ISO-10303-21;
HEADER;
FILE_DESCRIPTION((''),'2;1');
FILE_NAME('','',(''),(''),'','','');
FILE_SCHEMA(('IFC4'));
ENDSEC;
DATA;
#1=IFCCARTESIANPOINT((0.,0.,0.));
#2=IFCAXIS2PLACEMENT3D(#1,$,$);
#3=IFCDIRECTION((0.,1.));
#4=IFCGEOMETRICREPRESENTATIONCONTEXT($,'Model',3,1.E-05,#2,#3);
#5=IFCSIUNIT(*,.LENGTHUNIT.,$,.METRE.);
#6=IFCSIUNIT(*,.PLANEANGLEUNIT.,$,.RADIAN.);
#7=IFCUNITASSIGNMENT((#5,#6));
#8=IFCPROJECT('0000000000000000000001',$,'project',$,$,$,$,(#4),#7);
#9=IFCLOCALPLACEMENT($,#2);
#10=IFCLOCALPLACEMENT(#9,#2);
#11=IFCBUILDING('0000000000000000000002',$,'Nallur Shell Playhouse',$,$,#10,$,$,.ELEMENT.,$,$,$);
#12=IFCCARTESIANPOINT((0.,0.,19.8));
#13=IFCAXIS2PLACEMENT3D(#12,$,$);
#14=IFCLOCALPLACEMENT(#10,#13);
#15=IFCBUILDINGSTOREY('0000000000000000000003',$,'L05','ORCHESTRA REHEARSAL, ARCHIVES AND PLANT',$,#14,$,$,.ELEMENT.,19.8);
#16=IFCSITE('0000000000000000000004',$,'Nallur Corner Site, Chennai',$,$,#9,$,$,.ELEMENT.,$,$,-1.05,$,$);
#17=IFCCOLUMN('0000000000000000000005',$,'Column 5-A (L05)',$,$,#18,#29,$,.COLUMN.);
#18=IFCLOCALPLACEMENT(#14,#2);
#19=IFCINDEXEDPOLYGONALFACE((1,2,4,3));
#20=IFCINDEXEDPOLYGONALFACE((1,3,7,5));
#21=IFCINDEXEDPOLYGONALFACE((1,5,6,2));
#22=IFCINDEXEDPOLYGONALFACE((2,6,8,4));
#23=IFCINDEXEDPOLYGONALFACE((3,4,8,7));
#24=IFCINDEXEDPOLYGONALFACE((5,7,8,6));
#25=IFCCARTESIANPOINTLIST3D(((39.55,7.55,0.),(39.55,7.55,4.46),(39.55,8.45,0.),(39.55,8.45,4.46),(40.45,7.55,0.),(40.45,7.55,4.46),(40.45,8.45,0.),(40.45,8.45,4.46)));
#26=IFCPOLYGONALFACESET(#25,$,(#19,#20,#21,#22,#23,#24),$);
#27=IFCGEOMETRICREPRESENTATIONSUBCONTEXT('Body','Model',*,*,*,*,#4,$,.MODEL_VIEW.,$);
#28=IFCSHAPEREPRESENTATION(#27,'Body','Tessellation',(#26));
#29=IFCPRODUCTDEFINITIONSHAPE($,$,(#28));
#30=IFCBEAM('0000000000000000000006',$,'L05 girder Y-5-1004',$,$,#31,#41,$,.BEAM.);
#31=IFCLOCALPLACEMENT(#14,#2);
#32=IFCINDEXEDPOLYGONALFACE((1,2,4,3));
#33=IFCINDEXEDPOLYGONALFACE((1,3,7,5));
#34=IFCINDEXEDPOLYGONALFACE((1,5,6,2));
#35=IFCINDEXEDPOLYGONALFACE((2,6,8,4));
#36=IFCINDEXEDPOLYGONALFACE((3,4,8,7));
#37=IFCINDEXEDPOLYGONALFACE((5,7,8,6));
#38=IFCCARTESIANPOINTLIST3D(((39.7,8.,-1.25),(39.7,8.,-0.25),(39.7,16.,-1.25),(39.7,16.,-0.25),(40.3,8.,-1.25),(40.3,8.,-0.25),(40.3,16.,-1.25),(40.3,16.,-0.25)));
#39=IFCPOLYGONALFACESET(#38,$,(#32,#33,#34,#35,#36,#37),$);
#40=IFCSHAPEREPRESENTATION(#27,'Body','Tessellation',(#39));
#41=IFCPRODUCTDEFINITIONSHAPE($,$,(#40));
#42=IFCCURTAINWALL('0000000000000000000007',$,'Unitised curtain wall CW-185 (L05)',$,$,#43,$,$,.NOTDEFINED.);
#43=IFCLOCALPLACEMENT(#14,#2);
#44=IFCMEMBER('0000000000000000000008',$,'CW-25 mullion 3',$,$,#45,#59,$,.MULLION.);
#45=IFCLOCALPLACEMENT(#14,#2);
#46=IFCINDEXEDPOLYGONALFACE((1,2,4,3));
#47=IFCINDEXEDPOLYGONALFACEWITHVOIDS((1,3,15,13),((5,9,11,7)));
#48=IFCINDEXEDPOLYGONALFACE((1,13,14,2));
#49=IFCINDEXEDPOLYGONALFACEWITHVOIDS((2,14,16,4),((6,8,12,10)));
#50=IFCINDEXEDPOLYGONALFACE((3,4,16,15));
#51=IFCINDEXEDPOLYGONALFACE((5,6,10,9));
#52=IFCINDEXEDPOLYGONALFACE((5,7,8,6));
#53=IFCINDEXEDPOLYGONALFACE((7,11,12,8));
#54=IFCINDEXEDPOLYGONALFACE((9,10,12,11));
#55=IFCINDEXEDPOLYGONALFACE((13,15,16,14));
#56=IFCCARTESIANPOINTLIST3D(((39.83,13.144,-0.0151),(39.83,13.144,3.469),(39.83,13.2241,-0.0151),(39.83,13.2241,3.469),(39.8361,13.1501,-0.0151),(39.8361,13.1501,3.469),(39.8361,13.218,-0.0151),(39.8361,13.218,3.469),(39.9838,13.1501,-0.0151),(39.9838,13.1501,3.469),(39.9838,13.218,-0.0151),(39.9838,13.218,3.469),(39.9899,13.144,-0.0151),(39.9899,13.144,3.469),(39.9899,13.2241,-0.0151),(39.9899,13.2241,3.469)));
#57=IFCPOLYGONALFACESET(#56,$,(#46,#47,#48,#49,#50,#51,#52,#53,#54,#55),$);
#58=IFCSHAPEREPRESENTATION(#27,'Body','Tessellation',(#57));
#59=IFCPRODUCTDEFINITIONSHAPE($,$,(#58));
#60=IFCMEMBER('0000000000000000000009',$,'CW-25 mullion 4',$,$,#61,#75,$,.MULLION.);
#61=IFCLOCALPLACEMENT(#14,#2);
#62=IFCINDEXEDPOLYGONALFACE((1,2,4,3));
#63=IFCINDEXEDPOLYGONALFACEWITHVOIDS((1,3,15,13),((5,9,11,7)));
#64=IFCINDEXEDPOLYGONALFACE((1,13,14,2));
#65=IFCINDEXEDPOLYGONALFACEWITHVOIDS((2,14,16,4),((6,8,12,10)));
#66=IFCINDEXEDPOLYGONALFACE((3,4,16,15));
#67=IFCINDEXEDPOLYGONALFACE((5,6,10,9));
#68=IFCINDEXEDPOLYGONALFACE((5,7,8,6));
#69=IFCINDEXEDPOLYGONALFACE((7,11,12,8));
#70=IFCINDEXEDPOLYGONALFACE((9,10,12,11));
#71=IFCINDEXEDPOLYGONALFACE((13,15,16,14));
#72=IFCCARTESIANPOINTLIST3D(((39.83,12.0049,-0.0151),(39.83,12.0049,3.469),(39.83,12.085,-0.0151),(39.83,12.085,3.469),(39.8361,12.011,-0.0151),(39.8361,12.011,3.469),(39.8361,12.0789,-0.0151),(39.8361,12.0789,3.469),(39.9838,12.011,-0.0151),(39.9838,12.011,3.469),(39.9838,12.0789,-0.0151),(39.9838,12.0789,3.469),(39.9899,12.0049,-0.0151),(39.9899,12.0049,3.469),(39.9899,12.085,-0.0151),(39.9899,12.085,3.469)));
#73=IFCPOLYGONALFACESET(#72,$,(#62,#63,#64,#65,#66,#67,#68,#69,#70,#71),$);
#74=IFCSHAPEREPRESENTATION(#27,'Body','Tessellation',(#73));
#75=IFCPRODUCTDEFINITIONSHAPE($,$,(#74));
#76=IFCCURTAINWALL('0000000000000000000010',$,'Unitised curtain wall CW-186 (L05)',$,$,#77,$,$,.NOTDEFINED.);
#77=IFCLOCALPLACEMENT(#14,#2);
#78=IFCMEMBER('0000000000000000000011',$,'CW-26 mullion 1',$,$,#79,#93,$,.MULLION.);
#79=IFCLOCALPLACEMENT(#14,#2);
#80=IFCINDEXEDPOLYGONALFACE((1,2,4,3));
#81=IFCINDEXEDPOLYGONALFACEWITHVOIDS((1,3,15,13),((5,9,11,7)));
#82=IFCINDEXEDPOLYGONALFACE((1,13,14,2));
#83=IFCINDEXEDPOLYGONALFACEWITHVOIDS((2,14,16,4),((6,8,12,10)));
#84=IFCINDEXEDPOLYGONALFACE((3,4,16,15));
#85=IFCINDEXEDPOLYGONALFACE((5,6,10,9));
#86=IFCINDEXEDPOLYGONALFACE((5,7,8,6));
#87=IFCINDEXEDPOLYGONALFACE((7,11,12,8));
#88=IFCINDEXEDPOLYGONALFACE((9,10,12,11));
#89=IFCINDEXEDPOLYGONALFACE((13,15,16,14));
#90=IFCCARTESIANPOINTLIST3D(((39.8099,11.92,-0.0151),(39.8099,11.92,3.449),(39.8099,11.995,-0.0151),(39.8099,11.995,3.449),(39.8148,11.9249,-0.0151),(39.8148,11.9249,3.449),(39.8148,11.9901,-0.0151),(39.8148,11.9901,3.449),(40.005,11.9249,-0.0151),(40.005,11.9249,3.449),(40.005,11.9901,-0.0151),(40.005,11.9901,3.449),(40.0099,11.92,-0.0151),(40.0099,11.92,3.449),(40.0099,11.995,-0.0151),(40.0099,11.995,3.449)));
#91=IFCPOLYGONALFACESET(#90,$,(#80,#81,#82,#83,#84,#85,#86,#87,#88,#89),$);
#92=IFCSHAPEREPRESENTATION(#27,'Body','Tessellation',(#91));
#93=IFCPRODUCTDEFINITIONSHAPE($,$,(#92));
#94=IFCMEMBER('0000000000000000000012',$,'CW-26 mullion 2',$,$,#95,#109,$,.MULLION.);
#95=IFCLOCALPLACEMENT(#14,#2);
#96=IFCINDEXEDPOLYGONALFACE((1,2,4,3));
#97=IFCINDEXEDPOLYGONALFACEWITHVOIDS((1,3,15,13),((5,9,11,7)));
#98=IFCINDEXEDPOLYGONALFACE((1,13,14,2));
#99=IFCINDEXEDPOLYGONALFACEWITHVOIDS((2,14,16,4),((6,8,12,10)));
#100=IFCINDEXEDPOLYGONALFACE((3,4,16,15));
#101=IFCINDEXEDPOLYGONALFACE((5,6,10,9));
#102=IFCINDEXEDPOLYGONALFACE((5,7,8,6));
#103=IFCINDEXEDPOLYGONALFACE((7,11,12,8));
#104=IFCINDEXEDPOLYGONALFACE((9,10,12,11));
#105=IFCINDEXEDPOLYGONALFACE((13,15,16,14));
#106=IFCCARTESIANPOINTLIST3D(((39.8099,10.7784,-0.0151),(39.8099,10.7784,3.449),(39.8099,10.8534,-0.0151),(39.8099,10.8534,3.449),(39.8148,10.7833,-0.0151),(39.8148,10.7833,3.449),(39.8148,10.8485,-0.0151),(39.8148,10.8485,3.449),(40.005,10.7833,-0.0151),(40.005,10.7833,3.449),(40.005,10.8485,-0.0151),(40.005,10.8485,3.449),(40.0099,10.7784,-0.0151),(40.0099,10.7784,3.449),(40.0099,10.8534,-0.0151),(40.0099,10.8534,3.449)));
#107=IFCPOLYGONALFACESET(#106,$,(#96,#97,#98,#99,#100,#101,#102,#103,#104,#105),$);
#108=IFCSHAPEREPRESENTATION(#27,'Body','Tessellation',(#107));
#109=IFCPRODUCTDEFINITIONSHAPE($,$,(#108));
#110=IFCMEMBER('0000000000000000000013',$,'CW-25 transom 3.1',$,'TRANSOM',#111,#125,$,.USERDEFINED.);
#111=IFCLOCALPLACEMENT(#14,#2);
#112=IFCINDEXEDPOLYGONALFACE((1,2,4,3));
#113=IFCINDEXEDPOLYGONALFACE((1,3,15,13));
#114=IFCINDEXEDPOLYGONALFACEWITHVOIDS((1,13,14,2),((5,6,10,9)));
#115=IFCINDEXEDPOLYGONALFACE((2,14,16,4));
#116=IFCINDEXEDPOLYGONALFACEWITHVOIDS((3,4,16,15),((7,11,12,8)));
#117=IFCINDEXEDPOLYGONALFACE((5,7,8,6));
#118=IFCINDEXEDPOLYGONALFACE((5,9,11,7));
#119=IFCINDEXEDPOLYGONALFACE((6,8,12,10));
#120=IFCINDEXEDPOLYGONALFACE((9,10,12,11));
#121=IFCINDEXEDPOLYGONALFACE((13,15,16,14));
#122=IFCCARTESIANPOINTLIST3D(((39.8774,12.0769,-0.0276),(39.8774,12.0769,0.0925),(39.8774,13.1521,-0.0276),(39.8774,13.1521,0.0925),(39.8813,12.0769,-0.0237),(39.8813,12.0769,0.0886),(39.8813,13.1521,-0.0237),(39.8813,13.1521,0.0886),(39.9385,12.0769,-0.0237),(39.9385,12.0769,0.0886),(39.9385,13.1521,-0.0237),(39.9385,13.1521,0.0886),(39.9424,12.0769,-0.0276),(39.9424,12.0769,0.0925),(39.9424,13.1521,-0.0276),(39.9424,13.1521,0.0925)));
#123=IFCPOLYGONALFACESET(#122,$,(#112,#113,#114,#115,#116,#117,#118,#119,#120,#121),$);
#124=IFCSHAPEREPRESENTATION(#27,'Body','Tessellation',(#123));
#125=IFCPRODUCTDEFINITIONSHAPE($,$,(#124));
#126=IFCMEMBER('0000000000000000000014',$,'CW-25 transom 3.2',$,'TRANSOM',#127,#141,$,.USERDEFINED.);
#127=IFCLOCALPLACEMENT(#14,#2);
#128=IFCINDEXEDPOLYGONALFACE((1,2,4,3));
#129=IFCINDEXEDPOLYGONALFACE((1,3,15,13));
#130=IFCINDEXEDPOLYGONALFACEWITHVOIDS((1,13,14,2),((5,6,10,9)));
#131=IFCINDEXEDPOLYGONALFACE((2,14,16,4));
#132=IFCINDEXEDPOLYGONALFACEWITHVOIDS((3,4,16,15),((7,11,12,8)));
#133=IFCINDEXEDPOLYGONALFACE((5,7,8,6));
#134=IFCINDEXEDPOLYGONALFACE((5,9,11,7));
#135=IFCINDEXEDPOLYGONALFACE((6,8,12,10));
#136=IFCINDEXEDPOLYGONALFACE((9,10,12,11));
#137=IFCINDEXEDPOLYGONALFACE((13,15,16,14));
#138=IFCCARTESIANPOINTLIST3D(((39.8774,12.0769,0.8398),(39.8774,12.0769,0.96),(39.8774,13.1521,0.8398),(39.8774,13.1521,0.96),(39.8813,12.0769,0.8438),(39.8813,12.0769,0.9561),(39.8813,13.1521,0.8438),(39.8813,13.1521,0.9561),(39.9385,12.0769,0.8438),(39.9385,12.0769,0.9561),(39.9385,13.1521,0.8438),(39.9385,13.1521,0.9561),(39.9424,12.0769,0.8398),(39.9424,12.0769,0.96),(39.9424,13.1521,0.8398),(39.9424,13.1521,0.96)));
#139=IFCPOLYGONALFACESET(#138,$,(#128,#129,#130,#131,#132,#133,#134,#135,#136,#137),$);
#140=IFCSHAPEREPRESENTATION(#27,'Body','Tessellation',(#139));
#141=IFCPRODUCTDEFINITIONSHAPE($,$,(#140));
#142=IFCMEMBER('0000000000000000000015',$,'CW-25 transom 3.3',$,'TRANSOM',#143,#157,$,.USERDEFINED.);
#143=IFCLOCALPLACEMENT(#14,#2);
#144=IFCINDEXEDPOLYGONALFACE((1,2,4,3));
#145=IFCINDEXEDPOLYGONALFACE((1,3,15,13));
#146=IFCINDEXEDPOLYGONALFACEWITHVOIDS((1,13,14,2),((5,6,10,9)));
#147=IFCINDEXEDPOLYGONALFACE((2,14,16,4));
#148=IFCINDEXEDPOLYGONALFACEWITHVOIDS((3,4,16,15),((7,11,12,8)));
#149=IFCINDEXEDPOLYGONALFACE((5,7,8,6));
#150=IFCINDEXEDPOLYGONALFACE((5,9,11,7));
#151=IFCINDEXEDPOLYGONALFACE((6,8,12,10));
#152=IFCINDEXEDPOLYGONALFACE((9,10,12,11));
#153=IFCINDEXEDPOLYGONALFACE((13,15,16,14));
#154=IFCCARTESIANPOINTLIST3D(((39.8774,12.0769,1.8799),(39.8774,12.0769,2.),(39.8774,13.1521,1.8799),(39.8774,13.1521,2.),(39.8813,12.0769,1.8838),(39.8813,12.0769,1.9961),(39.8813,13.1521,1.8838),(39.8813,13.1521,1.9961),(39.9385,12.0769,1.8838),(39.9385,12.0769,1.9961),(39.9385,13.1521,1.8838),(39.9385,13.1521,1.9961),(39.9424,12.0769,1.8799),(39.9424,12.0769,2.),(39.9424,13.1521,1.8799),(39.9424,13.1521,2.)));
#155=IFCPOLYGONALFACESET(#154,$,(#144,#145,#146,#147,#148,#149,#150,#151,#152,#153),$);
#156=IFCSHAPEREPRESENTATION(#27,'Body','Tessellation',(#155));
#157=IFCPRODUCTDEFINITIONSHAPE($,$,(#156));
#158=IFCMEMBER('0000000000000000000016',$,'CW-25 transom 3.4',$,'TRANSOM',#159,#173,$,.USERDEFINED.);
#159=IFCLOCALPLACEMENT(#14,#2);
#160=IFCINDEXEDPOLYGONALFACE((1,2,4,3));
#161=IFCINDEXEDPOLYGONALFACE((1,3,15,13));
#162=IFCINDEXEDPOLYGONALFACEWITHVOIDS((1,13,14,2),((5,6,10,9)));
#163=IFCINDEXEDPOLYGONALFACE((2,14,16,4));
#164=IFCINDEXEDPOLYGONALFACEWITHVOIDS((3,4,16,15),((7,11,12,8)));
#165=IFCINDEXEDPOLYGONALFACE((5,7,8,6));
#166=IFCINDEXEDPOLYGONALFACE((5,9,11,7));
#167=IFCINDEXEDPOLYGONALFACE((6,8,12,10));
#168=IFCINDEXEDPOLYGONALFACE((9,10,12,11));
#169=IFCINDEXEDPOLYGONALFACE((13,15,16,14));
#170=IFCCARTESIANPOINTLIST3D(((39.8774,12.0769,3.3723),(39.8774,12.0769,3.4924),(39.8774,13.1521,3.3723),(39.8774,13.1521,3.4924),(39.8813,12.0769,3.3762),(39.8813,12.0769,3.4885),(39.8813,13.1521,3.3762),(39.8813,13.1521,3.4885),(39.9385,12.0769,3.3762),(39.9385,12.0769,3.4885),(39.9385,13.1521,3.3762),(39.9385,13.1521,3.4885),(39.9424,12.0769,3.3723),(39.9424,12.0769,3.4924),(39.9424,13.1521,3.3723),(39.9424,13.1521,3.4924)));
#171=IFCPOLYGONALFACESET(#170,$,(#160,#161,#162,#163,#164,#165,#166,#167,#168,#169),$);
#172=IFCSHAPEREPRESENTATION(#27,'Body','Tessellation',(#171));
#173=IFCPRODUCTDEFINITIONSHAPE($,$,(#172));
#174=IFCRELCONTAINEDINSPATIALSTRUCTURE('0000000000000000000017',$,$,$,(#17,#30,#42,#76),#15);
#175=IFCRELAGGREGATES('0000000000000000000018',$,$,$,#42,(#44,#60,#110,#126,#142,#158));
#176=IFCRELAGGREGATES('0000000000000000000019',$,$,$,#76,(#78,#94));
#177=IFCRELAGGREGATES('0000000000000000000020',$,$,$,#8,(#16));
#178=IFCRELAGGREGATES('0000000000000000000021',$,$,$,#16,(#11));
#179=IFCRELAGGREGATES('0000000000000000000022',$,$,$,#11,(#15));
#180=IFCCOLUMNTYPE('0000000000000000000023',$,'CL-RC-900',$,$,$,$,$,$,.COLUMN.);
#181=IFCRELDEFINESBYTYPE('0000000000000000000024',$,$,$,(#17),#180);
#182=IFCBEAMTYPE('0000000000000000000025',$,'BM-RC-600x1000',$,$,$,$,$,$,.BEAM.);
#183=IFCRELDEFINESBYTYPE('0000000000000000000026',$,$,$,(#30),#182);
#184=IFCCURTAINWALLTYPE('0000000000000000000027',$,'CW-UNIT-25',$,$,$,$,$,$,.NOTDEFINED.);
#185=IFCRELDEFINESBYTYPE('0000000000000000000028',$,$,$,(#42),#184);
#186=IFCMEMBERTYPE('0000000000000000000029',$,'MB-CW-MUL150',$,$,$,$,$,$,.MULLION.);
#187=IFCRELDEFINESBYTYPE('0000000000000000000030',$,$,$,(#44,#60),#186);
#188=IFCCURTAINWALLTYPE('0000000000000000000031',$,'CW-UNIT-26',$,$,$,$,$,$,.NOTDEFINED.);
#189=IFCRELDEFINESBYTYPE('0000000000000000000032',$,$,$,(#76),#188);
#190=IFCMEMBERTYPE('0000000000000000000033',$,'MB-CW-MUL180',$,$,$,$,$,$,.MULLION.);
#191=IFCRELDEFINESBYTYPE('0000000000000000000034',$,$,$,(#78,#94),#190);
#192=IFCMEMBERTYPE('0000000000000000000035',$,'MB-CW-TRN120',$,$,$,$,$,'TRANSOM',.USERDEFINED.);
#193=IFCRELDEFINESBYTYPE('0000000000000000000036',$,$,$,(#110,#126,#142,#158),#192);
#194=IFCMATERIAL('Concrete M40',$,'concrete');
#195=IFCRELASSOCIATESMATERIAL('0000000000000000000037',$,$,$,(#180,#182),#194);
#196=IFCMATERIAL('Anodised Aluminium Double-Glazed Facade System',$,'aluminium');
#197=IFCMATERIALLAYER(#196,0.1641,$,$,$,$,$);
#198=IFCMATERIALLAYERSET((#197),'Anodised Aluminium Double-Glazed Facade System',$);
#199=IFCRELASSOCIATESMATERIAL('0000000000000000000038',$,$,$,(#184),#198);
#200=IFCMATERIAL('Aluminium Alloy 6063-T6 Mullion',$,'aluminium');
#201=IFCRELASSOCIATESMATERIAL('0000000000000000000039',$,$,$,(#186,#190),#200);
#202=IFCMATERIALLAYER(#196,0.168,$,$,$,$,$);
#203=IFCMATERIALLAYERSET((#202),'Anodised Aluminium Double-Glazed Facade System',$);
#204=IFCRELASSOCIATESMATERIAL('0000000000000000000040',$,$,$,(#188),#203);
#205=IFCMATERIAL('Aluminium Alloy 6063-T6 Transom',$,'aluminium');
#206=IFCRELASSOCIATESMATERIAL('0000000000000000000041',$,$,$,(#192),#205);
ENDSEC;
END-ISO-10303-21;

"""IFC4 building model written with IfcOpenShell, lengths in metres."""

from ifc_helpers import new_model, si_unit, direction, frame, origin, origin_2d, place, context, subcontext, project, spatial, rectangle, hollow_rectangle, extrude, material, layer, layer_set, material_profile, profile_set, type_object, element, aggregate, save


model = new_model("IFC4")

# Units and contexts
model_context = context("Model", 3, precision=1e-05, world=origin(), true_north=direction((0.0, 1.0)))
body_context = subcontext(model_context, "Body", "Model", "MODEL_VIEW")
ifc_project = project(units=[si_unit("LENGTHUNIT", "METRE"), si_unit("PLANEANGLEUNIT", "RADIAN")], contexts=[model_context])

# Site, building, storey
site_placement = place(None, origin())
site = spatial("IfcSite", under=ifc_project, at=site_placement, Name="Nallur Corner Site, Chennai", CompositionType="ELEMENT", RefElevation=-1.05)
building_placement = place(site_placement, origin())
building = spatial("IfcBuilding", under=site, at=building_placement, Name="Nallur Shell Playhouse", CompositionType="ELEMENT")
storey_placement = place(building_placement, frame((0.0, 0.0, 19.8)))
storey = spatial("IfcBuildingStorey", under=building, at=storey_placement, Name="L05", Description="ORCHESTRA REHEARSAL, ARCHIVES AND PLANT", CompositionType="ELEMENT", Elevation=19.8)

# Column
ifc_material_1 = material(Name="Concrete M40", Category="concrete")
ifc_material_profile_1 = material_profile(ifc_material_1, rectangle(XDim=0.8999, YDim=0.8999, at=origin_2d()), Name="RC 900x900")
ifc_profile_set_1 = profile_set([ifc_material_profile_1], Name="Concrete M40")
column_type = type_object("IfcColumnType", Name="CL-RC-900", PredefinedType="COLUMN", material=ifc_profile_set_1)
column_placement = place(storey_placement, frame((40.0, 8.0, 0.0), z_axis=(0.0, 0.0, 1.0), x_axis=(1.0, 0.0, 0.0)))
element("IfcColumn", 1, at=column_placement, inside=storey, type_object=column_type, Name="Column 5-A (L05)", PredefinedType="COLUMN", context=body_context, shape_type="SweptSolid", body=[
    extrude(rectangle(XDim=0.8999, YDim=0.8999, at=origin_2d()), origin(), (0.0, 0.0, 1.0), 4.46),
])

# Beam
ifc_material_profile_2 = material_profile(ifc_material_1, rectangle(XDim=0.6001, YDim=1.0, at=origin_2d()), Name="RC 600x1000")
ifc_profile_set_2 = profile_set([ifc_material_profile_2], Name="Concrete M40")
beam_type = type_object("IfcBeamType", Name="BM-RC-600x1000", PredefinedType="BEAM", material=ifc_profile_set_2)
beam_placement = place(storey_placement, frame((40.0, 8.0, -0.75), z_axis=(0.0, 1.0, 0.0), x_axis=(-1.0, 0.0, 0.0)))
element("IfcBeam", 2, at=beam_placement, inside=storey, type_object=beam_type, Name="L05 girder Y-5-1004", PredefinedType="BEAM", context=body_context, shape_type="SweptSolid", body=[
    extrude(rectangle(XDim=0.6001, YDim=1.0, at=origin_2d()), origin(), (0.0, 0.0, 1.0), 8.0),
])

# Curtain walls, members
ifc_material_2 = material(Name="Anodised Aluminium Double-Glazed Facade System", Category="aluminium")
ifc_layer_1 = layer(ifc_material_2, 0.1641)
ifc_layer_set_1 = layer_set([ifc_layer_1], Name="Anodised Aluminium Double-Glazed Facade System")
curtain_wall_type_1 = type_object("IfcCurtainWallType", Name="CW-UNIT-25", PredefinedType="NOTDEFINED", material=ifc_layer_set_1)
curtain_wall_1_placement = place(storey_placement, origin())
curtain_wall_1 = element("IfcCurtainWall", 3, at=curtain_wall_1_placement, inside=storey, type_object=curtain_wall_type_1, Name="Unitised curtain wall CW-185 (L05)", PredefinedType="NOTDEFINED")
ifc_material_3 = material(Name="Aluminium Alloy 6063-T6 Mullion", Category="aluminium")
ifc_material_profile_3 = material_profile(ifc_material_3, hollow_rectangle(XDim=0.0801, YDim=0.1599, WallThickness=0.0061, at=origin_2d()), Name="RHS 160x80x6")
ifc_profile_set_3 = profile_set([ifc_material_profile_3], Name="Aluminium Alloy 6063-T6 Mullion")
member_type_1 = type_object("IfcMemberType", Name="MB-CW-MUL150", PredefinedType="MULLION", material=ifc_profile_set_3)
member_1_placement = place(storey_placement, frame((39.9099, 13.1841, -0.0151), z_axis=(0.0, 0.0, 1.0), x_axis=(0.0, -1.0, 0.0)))
member_1 = element("IfcMember", 4, at=member_1_placement, type_object=member_type_1, Name="CW-25 mullion 3", PredefinedType="MULLION", context=body_context, shape_type="SweptSolid", body=[
    extrude(hollow_rectangle(XDim=0.0801, YDim=0.1599, WallThickness=0.0061, at=origin_2d()), origin(), (0.0, 0.0, 1.0), 3.4841),
])
member_2_placement = place(storey_placement, frame((39.9099, 12.0449, -0.0151), z_axis=(0.0, 0.0, 1.0), x_axis=(0.0, -1.0, 0.0)))
member_2 = element("IfcMember", 5, at=member_2_placement, type_object=member_type_1, Name="CW-25 mullion 4", PredefinedType="MULLION", context=body_context, shape_type="SweptSolid", body=[
    extrude(hollow_rectangle(XDim=0.0801, YDim=0.1599, WallThickness=0.0061, at=origin_2d()), origin(), (0.0, 0.0, 1.0), 3.4841),
])
ifc_layer_2 = layer(ifc_material_2, 0.168)
ifc_layer_set_2 = layer_set([ifc_layer_2], Name="Anodised Aluminium Double-Glazed Facade System")
curtain_wall_type_2 = type_object("IfcCurtainWallType", Name="CW-UNIT-26", PredefinedType="NOTDEFINED", material=ifc_layer_set_2)
curtain_wall_2_placement = place(storey_placement, origin())
curtain_wall_2 = element("IfcCurtainWall", 6, at=curtain_wall_2_placement, inside=storey, type_object=curtain_wall_type_2, Name="Unitised curtain wall CW-186 (L05)", PredefinedType="NOTDEFINED")
ifc_material_profile_4 = material_profile(ifc_material_3, hollow_rectangle(XDim=0.075, YDim=0.2, WallThickness=0.0049, at=origin_2d()), Name="ALU 75x200x5")
ifc_profile_set_4 = profile_set([ifc_material_profile_4], Name="Aluminium Alloy 6063-T6 Mullion")
member_type_2 = type_object("IfcMemberType", Name="MB-CW-MUL180", PredefinedType="MULLION", material=ifc_profile_set_4)
member_3_placement = place(storey_placement, frame((39.9099, 11.9575, -0.0151), z_axis=(0.0, 0.0, 1.0), x_axis=(0.0, -1.0, 0.0)))
member_3 = element("IfcMember", 7, at=member_3_placement, type_object=member_type_2, Name="CW-26 mullion 1", PredefinedType="MULLION", context=body_context, shape_type="SweptSolid", body=[
    extrude(hollow_rectangle(XDim=0.075, YDim=0.2, WallThickness=0.0049, at=origin_2d()), origin(), (0.0, 0.0, 1.0), 3.4641),
])
member_4_placement = place(storey_placement, frame((39.9099, 10.8159, -0.0151), z_axis=(0.0, 0.0, 1.0), x_axis=(0.0, -1.0, 0.0)))
member_4 = element("IfcMember", 8, at=member_4_placement, type_object=member_type_2, Name="CW-26 mullion 2", PredefinedType="MULLION", context=body_context, shape_type="SweptSolid", body=[
    extrude(hollow_rectangle(XDim=0.075, YDim=0.2, WallThickness=0.0049, at=origin_2d()), origin(), (0.0, 0.0, 1.0), 3.4641),
])

# Members
ifc_material_4 = material(Name="Aluminium Alloy 6063-T6 Transom", Category="aluminium")
ifc_material_profile_5 = material_profile(ifc_material_4, hollow_rectangle(XDim=0.0649, YDim=0.1201, WallThickness=0.0039, at=origin_2d()), Name="ALU 65x120x4")
ifc_profile_set_5 = profile_set([ifc_material_profile_5], Name="Aluminium Alloy 6063-T6 Transom")
member_type_3 = type_object("IfcMemberType", Name="MB-CW-TRN120", ElementType="TRANSOM", PredefinedType="USERDEFINED", material=ifc_profile_set_5)
member_5_placement = place(storey_placement, frame((39.9099, 13.1521, 0.0325), z_axis=(0.0, -1.0, 0.0), x_axis=(1.0, 0.0, 0.0)))
member_5 = element("IfcMember", 9, at=member_5_placement, type_object=member_type_3, Name="CW-25 transom 3.1", ObjectType="TRANSOM", PredefinedType="USERDEFINED", context=body_context, shape_type="SweptSolid", body=[
    extrude(hollow_rectangle(XDim=0.0649, YDim=0.1201, WallThickness=0.0039, at=origin_2d()), origin(), (0.0, 0.0, 1.0), 1.0752),
])
member_6_placement = place(storey_placement, frame((39.9099, 13.1521, 0.8999), z_axis=(0.0, -1.0, 0.0), x_axis=(1.0, 0.0, 0.0)))
member_6 = element("IfcMember", 10, at=member_6_placement, type_object=member_type_3, Name="CW-25 transom 3.2", ObjectType="TRANSOM", PredefinedType="USERDEFINED", context=body_context, shape_type="SweptSolid", body=[
    extrude(hollow_rectangle(XDim=0.0649, YDim=0.1201, WallThickness=0.0039, at=origin_2d()), origin(), (0.0, 0.0, 1.0), 1.0752),
])
member_7_placement = place(storey_placement, frame((39.9099, 13.1521, 1.9399), z_axis=(0.0, -1.0, 0.0), x_axis=(1.0, 0.0, 0.0)))
member_7 = element("IfcMember", 11, at=member_7_placement, type_object=member_type_3, Name="CW-25 transom 3.3", ObjectType="TRANSOM", PredefinedType="USERDEFINED", context=body_context, shape_type="SweptSolid", body=[
    extrude(hollow_rectangle(XDim=0.0649, YDim=0.1201, WallThickness=0.0039, at=origin_2d()), origin(), (0.0, 0.0, 1.0), 1.0752),
])
member_8_placement = place(storey_placement, frame((39.9099, 13.1521, 3.4324), z_axis=(0.0, -1.0, 0.0), x_axis=(1.0, 0.0, 0.0)))
member_8 = element("IfcMember", 12, at=member_8_placement, type_object=member_type_3, Name="CW-25 transom 3.4", ObjectType="TRANSOM", PredefinedType="USERDEFINED", context=body_context, shape_type="SweptSolid", body=[
    extrude(hollow_rectangle(XDim=0.0649, YDim=0.1201, WallThickness=0.0039, at=origin_2d()), origin(), (0.0, 0.0, 1.0), 1.0752),
])

aggregate(curtain_wall_1, [member_1, member_2, member_5, member_6, member_7, member_8])
aggregate(curtain_wall_2, [member_3, member_4])

save(model, "model.ifc")
